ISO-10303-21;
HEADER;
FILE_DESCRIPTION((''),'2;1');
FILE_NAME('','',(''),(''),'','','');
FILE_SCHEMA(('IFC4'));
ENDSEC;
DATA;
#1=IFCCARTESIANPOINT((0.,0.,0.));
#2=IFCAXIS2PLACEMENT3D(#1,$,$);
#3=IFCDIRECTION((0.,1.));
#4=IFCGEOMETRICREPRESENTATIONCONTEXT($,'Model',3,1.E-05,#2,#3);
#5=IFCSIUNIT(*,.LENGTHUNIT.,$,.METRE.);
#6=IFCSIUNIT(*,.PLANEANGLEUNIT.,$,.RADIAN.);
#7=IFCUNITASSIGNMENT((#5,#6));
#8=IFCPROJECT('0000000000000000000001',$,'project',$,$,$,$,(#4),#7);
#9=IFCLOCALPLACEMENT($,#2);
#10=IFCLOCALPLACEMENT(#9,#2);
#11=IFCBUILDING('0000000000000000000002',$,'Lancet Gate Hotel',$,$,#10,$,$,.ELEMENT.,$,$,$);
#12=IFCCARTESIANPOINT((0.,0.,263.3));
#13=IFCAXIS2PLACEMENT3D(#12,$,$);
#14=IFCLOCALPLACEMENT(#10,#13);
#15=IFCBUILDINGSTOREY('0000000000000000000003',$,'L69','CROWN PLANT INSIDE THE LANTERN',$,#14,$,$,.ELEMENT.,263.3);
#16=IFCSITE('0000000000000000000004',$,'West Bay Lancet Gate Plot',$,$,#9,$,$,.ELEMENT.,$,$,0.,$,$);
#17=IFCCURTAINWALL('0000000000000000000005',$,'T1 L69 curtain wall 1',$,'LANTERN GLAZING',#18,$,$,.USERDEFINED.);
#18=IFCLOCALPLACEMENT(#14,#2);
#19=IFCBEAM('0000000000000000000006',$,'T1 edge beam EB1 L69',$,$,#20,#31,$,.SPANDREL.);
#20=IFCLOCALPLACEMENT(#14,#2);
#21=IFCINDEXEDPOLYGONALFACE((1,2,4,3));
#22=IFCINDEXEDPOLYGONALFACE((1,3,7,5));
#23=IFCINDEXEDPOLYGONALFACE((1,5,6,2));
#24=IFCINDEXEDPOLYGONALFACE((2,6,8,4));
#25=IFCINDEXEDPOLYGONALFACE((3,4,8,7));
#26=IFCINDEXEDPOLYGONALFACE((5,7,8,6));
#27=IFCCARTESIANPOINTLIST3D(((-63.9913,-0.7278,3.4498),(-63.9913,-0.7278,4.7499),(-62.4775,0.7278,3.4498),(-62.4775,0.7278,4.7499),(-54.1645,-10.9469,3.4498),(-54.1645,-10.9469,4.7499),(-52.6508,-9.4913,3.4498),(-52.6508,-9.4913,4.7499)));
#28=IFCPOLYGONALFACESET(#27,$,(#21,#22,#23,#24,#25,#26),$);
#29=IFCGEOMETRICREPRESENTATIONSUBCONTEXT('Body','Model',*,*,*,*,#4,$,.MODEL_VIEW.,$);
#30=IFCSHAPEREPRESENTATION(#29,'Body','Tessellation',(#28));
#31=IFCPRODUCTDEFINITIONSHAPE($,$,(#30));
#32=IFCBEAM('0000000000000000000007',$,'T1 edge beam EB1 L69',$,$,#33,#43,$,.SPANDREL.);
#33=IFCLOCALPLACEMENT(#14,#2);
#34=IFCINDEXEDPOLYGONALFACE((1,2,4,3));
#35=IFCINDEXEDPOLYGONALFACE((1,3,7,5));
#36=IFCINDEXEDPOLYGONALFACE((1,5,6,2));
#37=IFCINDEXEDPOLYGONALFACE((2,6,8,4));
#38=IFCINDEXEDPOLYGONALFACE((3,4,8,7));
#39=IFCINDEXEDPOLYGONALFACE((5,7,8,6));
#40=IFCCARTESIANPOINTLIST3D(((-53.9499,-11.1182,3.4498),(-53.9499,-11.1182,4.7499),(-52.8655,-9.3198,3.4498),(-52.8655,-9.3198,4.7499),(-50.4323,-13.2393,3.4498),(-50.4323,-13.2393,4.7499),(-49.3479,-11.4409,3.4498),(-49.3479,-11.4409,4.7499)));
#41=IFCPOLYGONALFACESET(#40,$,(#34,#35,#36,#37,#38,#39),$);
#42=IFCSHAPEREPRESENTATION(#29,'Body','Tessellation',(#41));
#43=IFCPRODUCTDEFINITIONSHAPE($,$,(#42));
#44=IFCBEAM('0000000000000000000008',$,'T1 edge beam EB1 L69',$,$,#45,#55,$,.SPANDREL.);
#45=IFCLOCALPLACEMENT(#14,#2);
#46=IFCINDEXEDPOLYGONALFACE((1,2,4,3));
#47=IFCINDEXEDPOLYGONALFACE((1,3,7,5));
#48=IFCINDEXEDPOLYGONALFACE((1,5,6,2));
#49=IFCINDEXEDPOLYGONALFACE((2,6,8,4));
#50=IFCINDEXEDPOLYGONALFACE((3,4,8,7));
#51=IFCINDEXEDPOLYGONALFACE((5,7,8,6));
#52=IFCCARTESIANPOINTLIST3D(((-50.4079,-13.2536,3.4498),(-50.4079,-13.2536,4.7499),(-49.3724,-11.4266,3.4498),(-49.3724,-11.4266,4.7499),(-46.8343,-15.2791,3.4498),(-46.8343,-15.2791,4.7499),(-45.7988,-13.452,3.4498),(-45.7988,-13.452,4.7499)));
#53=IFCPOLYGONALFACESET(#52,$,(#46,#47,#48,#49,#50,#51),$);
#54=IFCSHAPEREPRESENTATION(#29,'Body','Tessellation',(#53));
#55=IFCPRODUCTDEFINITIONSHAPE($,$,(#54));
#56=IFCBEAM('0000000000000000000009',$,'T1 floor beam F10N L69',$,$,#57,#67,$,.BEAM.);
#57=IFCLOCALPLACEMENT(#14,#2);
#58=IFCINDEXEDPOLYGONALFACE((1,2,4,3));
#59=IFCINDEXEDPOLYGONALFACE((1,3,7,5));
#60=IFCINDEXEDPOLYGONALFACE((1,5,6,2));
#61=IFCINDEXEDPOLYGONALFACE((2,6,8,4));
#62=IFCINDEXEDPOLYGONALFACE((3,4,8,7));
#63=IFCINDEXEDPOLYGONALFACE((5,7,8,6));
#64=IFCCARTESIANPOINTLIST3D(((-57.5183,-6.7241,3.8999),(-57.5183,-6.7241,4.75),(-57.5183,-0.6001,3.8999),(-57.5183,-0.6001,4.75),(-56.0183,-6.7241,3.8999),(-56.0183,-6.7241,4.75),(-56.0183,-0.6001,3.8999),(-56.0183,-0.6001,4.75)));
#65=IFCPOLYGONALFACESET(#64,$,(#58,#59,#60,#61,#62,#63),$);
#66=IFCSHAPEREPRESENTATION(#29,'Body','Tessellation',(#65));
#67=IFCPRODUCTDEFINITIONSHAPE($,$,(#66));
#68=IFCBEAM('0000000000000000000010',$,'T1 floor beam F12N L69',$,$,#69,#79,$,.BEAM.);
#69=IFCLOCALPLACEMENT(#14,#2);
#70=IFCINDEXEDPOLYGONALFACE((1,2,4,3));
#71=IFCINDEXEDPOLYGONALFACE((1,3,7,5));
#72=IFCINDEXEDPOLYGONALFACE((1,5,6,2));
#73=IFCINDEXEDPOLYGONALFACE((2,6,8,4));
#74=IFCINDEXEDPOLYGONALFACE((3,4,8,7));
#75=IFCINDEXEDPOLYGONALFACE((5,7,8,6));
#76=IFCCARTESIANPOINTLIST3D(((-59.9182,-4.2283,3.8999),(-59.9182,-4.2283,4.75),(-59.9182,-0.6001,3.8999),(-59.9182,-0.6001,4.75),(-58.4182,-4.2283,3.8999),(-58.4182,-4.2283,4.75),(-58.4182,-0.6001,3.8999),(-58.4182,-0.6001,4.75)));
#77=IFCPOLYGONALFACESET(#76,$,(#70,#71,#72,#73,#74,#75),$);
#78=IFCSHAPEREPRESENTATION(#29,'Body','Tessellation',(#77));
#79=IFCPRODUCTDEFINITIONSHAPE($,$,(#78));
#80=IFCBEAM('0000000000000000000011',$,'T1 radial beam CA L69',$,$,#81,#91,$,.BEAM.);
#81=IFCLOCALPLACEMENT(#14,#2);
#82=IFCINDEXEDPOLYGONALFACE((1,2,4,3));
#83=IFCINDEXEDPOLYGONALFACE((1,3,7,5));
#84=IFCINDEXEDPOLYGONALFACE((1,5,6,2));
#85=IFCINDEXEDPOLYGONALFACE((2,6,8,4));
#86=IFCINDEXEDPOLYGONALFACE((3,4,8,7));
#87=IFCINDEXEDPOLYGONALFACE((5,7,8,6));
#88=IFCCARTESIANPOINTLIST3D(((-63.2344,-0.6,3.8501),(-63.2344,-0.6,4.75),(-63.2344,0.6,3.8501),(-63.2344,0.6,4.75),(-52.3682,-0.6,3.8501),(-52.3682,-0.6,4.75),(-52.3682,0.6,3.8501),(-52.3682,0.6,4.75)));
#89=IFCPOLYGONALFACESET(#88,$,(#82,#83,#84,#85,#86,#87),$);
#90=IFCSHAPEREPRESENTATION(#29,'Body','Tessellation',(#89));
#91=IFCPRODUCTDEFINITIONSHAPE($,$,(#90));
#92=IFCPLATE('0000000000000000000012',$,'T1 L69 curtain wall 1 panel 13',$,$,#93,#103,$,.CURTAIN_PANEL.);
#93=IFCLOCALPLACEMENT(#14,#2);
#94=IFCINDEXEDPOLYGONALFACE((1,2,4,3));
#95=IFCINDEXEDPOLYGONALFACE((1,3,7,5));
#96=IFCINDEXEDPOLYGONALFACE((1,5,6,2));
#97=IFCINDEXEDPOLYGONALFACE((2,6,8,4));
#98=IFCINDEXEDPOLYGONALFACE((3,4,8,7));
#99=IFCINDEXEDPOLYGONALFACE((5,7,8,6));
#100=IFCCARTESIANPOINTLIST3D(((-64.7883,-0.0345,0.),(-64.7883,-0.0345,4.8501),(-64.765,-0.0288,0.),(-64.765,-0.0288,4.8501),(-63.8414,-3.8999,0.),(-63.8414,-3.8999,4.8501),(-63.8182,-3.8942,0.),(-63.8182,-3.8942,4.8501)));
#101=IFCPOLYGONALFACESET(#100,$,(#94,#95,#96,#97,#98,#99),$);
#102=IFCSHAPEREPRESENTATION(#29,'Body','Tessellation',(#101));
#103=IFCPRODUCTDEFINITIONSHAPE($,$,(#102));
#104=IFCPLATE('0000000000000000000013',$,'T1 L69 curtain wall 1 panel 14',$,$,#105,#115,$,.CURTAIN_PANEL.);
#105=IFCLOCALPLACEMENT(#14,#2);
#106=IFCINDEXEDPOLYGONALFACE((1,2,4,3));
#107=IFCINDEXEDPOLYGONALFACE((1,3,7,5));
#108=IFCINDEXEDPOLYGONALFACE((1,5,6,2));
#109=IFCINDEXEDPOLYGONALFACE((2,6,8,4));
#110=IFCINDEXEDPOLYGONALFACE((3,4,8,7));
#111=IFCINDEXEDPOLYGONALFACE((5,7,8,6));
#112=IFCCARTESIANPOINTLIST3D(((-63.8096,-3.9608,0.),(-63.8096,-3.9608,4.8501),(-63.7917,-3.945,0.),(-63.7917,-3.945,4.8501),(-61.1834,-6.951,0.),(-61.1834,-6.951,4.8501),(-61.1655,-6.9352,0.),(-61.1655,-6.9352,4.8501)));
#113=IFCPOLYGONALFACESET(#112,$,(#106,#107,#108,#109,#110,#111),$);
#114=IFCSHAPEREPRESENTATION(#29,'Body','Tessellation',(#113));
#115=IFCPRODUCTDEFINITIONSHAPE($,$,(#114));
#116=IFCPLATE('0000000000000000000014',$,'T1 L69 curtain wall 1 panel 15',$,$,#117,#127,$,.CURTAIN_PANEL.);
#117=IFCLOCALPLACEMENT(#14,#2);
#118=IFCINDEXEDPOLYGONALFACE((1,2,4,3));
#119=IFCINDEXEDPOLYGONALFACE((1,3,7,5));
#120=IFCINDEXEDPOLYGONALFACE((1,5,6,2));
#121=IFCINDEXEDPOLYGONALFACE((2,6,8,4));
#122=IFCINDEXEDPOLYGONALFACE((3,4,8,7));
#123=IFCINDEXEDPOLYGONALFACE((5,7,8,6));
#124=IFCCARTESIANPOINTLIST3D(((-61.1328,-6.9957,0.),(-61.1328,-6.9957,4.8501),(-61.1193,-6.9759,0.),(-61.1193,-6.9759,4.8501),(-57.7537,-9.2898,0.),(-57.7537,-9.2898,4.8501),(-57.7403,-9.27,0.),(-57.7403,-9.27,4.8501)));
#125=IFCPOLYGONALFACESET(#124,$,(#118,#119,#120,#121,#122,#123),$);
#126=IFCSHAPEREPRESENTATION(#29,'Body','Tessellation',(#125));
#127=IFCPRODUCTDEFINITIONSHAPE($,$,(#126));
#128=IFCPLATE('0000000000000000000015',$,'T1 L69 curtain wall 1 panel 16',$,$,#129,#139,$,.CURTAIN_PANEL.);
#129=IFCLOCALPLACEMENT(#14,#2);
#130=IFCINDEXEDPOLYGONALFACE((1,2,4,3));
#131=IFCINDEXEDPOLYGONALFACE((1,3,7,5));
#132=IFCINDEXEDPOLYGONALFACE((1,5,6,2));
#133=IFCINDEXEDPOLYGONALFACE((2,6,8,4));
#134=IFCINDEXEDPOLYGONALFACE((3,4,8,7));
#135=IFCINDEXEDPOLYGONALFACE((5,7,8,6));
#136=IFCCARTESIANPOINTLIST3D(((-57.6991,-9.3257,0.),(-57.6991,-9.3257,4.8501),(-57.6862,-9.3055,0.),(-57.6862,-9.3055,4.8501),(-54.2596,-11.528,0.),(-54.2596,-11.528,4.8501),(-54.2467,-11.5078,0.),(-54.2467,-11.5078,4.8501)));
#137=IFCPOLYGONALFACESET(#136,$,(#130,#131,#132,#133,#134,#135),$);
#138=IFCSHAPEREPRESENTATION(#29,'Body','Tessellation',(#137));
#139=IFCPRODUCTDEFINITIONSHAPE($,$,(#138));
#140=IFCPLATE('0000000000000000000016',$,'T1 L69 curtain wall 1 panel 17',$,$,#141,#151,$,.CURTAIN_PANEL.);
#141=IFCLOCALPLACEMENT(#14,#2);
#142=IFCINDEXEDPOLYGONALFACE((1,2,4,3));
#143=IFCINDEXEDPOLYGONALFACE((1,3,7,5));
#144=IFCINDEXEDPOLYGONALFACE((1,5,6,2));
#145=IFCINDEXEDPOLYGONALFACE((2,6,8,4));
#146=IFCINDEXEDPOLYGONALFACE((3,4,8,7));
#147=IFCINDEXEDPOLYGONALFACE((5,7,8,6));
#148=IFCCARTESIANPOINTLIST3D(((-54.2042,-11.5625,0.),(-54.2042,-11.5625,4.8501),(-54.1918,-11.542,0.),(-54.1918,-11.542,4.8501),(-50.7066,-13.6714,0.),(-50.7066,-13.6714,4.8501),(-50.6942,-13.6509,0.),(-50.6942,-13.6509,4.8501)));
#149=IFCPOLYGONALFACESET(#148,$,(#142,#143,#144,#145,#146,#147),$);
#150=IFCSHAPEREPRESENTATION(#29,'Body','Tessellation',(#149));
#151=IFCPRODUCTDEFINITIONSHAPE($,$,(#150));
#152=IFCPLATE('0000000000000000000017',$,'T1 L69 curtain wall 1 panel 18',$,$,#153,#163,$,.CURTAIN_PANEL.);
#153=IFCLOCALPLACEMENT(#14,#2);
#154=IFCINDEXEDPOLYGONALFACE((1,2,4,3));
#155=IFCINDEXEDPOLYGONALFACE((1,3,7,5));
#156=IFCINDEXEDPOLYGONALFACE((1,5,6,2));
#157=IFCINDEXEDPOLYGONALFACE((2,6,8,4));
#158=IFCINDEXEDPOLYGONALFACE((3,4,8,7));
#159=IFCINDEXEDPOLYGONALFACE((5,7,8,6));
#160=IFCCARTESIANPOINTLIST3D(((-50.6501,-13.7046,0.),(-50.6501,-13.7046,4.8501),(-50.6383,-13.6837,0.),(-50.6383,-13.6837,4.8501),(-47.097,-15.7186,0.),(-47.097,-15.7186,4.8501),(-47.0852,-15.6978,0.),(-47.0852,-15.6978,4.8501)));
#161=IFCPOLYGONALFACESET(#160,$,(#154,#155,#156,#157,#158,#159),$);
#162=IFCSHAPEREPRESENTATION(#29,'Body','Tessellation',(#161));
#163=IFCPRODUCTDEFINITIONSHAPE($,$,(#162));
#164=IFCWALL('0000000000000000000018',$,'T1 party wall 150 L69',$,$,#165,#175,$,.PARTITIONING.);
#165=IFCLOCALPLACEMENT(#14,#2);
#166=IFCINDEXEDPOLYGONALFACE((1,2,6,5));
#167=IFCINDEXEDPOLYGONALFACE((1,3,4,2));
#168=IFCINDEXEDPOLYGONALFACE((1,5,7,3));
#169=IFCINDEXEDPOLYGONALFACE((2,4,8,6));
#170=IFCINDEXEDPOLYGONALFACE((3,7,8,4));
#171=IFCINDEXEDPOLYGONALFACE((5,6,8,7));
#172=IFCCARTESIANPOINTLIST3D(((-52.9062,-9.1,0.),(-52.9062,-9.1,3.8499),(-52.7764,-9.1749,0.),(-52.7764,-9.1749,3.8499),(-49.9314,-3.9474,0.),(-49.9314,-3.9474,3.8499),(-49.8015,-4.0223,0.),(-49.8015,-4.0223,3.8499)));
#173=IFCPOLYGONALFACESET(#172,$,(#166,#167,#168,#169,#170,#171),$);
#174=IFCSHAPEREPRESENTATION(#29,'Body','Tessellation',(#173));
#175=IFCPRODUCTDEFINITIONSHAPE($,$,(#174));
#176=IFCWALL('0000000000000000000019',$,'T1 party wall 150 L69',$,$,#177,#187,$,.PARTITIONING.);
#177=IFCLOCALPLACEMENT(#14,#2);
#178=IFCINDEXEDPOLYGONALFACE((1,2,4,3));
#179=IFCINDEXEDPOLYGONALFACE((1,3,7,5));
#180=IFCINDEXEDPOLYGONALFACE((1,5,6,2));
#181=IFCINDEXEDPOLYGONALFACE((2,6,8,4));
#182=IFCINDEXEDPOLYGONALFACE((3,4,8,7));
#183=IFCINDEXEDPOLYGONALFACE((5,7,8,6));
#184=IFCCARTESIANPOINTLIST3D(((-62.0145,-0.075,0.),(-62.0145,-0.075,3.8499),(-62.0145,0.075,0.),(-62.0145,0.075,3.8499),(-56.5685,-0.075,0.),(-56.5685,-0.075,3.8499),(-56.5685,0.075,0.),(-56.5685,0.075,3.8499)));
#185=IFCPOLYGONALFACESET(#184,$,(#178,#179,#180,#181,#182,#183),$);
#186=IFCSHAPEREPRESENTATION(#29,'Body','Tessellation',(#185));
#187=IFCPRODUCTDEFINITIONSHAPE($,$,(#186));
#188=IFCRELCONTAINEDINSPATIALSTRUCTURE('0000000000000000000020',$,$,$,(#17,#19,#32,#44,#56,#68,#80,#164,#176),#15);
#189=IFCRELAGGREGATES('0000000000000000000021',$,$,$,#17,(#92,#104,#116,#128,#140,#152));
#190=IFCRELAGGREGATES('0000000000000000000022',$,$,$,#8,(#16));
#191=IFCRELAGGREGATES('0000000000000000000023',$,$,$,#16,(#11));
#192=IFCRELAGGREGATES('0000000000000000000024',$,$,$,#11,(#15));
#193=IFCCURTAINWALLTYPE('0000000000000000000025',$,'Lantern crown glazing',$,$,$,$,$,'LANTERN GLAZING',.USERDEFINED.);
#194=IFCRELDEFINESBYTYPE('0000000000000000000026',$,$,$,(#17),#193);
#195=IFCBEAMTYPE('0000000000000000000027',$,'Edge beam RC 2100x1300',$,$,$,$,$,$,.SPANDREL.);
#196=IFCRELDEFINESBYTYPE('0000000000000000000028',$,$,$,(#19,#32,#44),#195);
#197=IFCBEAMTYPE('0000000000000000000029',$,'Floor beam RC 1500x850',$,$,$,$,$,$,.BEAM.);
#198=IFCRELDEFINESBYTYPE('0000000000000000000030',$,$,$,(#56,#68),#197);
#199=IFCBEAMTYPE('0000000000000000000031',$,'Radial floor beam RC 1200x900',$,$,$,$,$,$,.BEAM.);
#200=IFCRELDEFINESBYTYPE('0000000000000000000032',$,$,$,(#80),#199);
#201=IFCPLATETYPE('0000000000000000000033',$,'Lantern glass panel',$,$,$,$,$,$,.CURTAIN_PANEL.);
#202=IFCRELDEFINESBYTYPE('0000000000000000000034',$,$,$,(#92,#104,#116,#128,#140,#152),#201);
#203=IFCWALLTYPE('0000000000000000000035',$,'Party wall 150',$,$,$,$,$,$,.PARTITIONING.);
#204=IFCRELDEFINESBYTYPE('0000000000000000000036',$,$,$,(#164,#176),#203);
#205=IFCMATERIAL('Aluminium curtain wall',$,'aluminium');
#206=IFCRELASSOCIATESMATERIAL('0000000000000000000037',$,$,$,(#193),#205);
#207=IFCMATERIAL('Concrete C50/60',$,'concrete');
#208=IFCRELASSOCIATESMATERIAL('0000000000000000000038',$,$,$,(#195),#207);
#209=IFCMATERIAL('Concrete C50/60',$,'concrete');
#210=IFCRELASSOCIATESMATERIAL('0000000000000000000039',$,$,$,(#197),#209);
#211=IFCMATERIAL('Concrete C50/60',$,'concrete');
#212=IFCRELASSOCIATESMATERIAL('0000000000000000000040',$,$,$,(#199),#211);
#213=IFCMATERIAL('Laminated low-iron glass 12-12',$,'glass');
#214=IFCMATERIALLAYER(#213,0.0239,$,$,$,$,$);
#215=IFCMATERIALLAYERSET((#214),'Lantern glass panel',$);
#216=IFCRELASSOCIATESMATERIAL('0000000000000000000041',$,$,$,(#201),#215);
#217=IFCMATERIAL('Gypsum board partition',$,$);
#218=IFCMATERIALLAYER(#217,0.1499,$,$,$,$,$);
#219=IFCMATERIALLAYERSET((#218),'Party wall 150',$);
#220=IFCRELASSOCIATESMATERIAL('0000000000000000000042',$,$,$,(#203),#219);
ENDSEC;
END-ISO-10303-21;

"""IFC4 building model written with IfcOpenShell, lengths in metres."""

from ifc_helpers import new_model, si_unit, direction, frame, frame_2d, origin, origin_2d, place, context, subcontext, project, spatial, rectangle, extrude, material, layer, layer_set, material_profile, profile_set, type_object, element, aggregate, save


model = new_model("IFC4")

# Units and contexts
model_context = context("Model", 3, precision=1e-05, world=origin(), true_north=direction((0.0, 1.0)))
body_context = subcontext(model_context, "Body", "Model", "MODEL_VIEW")
ifc_project = project(units=[si_unit("LENGTHUNIT", "METRE"), si_unit("PLANEANGLEUNIT", "RADIAN")], contexts=[model_context])

# Site, building, storey
site_placement = place(None, origin())
site = spatial("IfcSite", under=ifc_project, at=site_placement, Name="West Bay Lancet Gate Plot", CompositionType="ELEMENT", RefElevation=0.0)
building_placement = place(site_placement, origin())
building = spatial("IfcBuilding", under=site, at=building_placement, Name="Lancet Gate Hotel", CompositionType="ELEMENT")
storey_placement = place(building_placement, frame((0.0, 0.0, 263.3)))
storey = spatial("IfcBuildingStorey", under=building, at=storey_placement, Name="L69", Description="CROWN PLANT INSIDE THE LANTERN", CompositionType="ELEMENT", Elevation=263.3)

# Curtain wall
ifc_material_1 = material(Name="Aluminium curtain wall", Category="aluminium")
curtain_wall_type = type_object("IfcCurtainWallType", Name="Lantern crown glazing", ElementType="LANTERN GLAZING", PredefinedType="USERDEFINED", material=ifc_material_1)
curtain_wall_placement = place(storey_placement, origin())
curtain_wall = element("IfcCurtainWall", 1, at=curtain_wall_placement, inside=storey, type_object=curtain_wall_type, Name="T1 L69 curtain wall 1", ObjectType="LANTERN GLAZING", PredefinedType="USERDEFINED")

# Beams
ifc_material_2 = material(Name="Concrete C50/60", Category="concrete")
ifc_material_profile_1 = material_profile(ifc_material_2, rectangle(XDim=2.1001, YDim=1.3, at=origin_2d()), Name="RC 2100x1300")
ifc_profile_set_1 = profile_set([ifc_material_profile_1], Name="Concrete C50/60")
beam_type_1 = type_object("IfcBeamType", Name="Edge beam RC 2100x1300", PredefinedType="SPANDREL", material=ifc_profile_set_1)
beam_1_placement = place(storey_placement, frame((-63.2344, 0.0, 4.0999), z_axis=(0.693135, -0.720808, 0.0), x_axis=(0.720808, 0.693135, 0.0)))
element("IfcBeam", 2, at=beam_1_placement, inside=storey, type_object=beam_type_1, Name="T1 edge beam EB1 L69", PredefinedType="SPANDREL", context=body_context, shape_type="SweptSolid", body=[
    extrude(rectangle(XDim=2.1001, YDim=1.3, at=origin_2d()), origin(), (0.0, 0.0, 1.0), 14.1772),
])
for number, where, z_axis, x_axis, name in (
    (3, (-53.4077, -10.219, 4.0999), (0.856358, -0.516382, 0.0), (0.516382, 0.856358, 0.0), "T1 edge beam EB1 L69"),
    (4, (-49.8901, -12.3401, 4.0999), (0.869979, -0.493089, 0.0), (0.493089, 0.869979, 0.0), "T1 edge beam EB1 L69"),
):
    element("IfcBeam", number, at=place(storey_placement, frame(where, z_axis=z_axis, x_axis=x_axis)), inside=storey, type_object=beam_type_1, Name=name, PredefinedType="SPANDREL", context=body_context, shape_type="SweptSolid", body=[
        extrude(rectangle(XDim=2.1001, YDim=1.3, at=origin_2d()), origin(), (0.0, 0.0, 1.0), 4.1077),
    ])
ifc_material_3 = material(Name="Concrete C50/60", Category="concrete")
ifc_material_profile_2 = material_profile(ifc_material_3, rectangle(XDim=1.5, YDim=0.8501, at=origin_2d()), Name="RC 1500x850")
ifc_profile_set_2 = profile_set([ifc_material_profile_2], Name="Concrete C50/60")
beam_type_2 = type_object("IfcBeamType", Name="Floor beam RC 1500x850", PredefinedType="BEAM", material=ifc_profile_set_2)
beam_2_placement = place(storey_placement, frame((-56.7683, -0.6001, 4.325), z_axis=(0.0, -1.0, 0.0), x_axis=(1.0, 0.0, 0.0)))
element("IfcBeam", 5, at=beam_2_placement, inside=storey, type_object=beam_type_2, Name="T1 floor beam F10N L69", PredefinedType="BEAM", context=body_context, shape_type="SweptSolid", body=[
    extrude(rectangle(XDim=1.5, YDim=0.8501, at=origin_2d()), origin(), (0.0, 0.0, 1.0), 6.124),
])
beam_3_placement = place(storey_placement, frame((-59.1682, -0.6001, 4.325), z_axis=(0.0, -1.0, 0.0), x_axis=(1.0, 0.0, 0.0)))
element("IfcBeam", 6, at=beam_3_placement, inside=storey, type_object=beam_type_2, Name="T1 floor beam F12N L69", PredefinedType="BEAM", context=body_context, shape_type="SweptSolid", body=[
    extrude(rectangle(XDim=1.5, YDim=0.8501, at=origin_2d()), origin(), (0.0, 0.0, 1.0), 3.6282),
])
ifc_material_4 = material(Name="Concrete C50/60", Category="concrete")
ifc_material_profile_3 = material_profile(ifc_material_4, rectangle(XDim=1.2, YDim=0.8999, at=origin_2d()), Name="RC 1200x900")
ifc_profile_set_3 = profile_set([ifc_material_profile_3], Name="Concrete C50/60")
beam_type_3 = type_object("IfcBeamType", Name="Radial floor beam RC 1200x900", PredefinedType="BEAM", material=ifc_profile_set_3)
beam_4_placement = place(storey_placement, frame((-63.2344, 0.0, 4.3), z_axis=(1.0, 0.0, 0.0), x_axis=(0.0, 1.0, 0.0)))
element("IfcBeam", 7, at=beam_4_placement, inside=storey, type_object=beam_type_3, Name="T1 radial beam CA L69", PredefinedType="BEAM", context=body_context, shape_type="SweptSolid", body=[
    extrude(rectangle(XDim=1.2, YDim=0.8999, at=origin_2d()), origin(), (0.0, 0.0, 1.0), 10.8662),
])

# Plates
ifc_material_5 = material(Name="Laminated low-iron glass 12-12", Category="glass")
ifc_layer_1 = layer(ifc_material_5, 0.0239)
ifc_layer_set_1 = layer_set([ifc_layer_1], Name="Lantern glass panel")
plate_type = type_object("IfcPlateType", Name="Lantern glass panel", PredefinedType="CURTAIN_PANEL", material=ifc_layer_set_1)
plate_1_placement = place(storey_placement, frame((-64.3032, -1.9644, 0.0), z_axis=(0.0, 0.0, 1.0), x_axis=(0.237921, -0.971285, 0.0)))
plate_1 = element("IfcPlate", 8, at=plate_1_placement, type_object=plate_type, Name="T1 L69 curtain wall 1 panel 13", PredefinedType="CURTAIN_PANEL", context=body_context, shape_type="SweptSolid", body=[
    extrude(rectangle(XDim=3.9797, YDim=0.0239, at=origin_2d()), origin(), (0.0, 0.0, 1.0), 4.8501),
])
plate_2_placement = place(storey_placement, frame((-62.4875, -5.448, 0.0), z_axis=(0.0, 0.0, 1.0), x_axis=(0.659892, -0.751361, 0.0)))
plate_2 = element("IfcPlate", 9, at=plate_2_placement, type_object=plate_type, Name="T1 L69 curtain wall 1 panel 14", PredefinedType="CURTAIN_PANEL", context=body_context, shape_type="SweptSolid", body=[
    extrude(rectangle(XDim=3.9797, YDim=0.0239, at=origin_2d()), origin(), (0.0, 0.0, 1.0), 4.8501),
])
plate_3_placement = place(storey_placement, frame((-59.4365, -8.1328, 0.0), z_axis=(0.0, 0.0, 1.0), x_axis=(0.827342, -0.561698, 0.0)))
plate_3 = element("IfcPlate", 10, at=plate_3_placement, type_object=plate_type, Name="T1 L69 curtain wall 1 panel 15", PredefinedType="CURTAIN_PANEL", context=body_context, shape_type="SweptSolid", body=[
    extrude(rectangle(XDim=4.0842, YDim=0.0239, at=origin_2d()), origin(), (0.0, 0.0, 1.0), 4.8501),
])
plate_4_placement = place(storey_placement, frame((-55.9729, -10.4167, 0.0), z_axis=(0.0, 0.0, 1.0), x_axis=(0.842161, -0.539226, 0.0)))
plate_4 = element("IfcPlate", 11, at=plate_4_placement, type_object=plate_type, Name="T1 L69 curtain wall 1 panel 16", PredefinedType="CURTAIN_PANEL", context=body_context, shape_type="SweptSolid", body=[
    extrude(rectangle(XDim=4.0842, YDim=0.0239, at=origin_2d()), origin(), (0.0, 0.0, 1.0), 4.8501),
])
plate_5_placement = place(storey_placement, frame((-52.4492, -12.6067, 0.0), z_axis=(0.0, 0.0, 1.0), x_axis=(0.85637, -0.516363, 0.0)))
plate_5 = element("IfcPlate", 12, at=plate_5_placement, type_object=plate_type, Name="T1 L69 curtain wall 1 panel 17", PredefinedType="CURTAIN_PANEL", context=body_context, shape_type="SweptSolid", body=[
    extrude(rectangle(XDim=4.0842, YDim=0.0239, at=origin_2d()), origin(), (0.0, 0.0, 1.0), 4.8501),
])
plate_6_placement = place(storey_placement, frame((-48.8677, -14.7012, 0.0), z_axis=(0.0, 0.0, 1.0), x_axis=(0.869958, -0.493126, 0.0)))
plate_6 = element("IfcPlate", 13, at=plate_6_placement, type_object=plate_type, Name="T1 L69 curtain wall 1 panel 18", PredefinedType="CURTAIN_PANEL", context=body_context, shape_type="SweptSolid", body=[
    extrude(rectangle(XDim=4.0842, YDim=0.0239, at=origin_2d()), origin(), (0.0, 0.0, 1.0), 4.8501),
])
aggregate(curtain_wall, [plate_1, plate_2, plate_3, plate_4, plate_5, plate_6])

# Walls
ifc_material_6 = material(Name="Gypsum board partition")
ifc_layer_2 = layer(ifc_material_6, 0.1499)
ifc_layer_set_2 = layer_set([ifc_layer_2], Name="Party wall 150")
wall_type = type_object("IfcWallType", Name="Party wall 150", PredefinedType="PARTITIONING", material=ifc_layer_set_2)
wall_1_placement = place(storey_placement, frame((-49.8665, -3.9849, 0.0), z_axis=(0.0, 0.0, 1.0), x_axis=(-0.500001, -0.866025, 0.0)))
element("IfcWall", 14, at=wall_1_placement, inside=storey, type_object=wall_type, Name="T1 party wall 150 L69", PredefinedType="PARTITIONING", context=body_context, shape_type="SweptSolid", body=[
    extrude(rectangle(XDim=5.9497, YDim=0.1499, at=frame_2d((2.9749, 0.0))), origin(), (0.0, 0.0, 1.0), 3.8499),
])
wall_2_placement = place(storey_placement, frame((-56.5684, 0.0, 0.0), z_axis=(0.0, 0.0, 1.0), x_axis=(-1.0, 0.0, 0.0)))
element("IfcWall", 15, at=wall_2_placement, inside=storey, type_object=wall_type, Name="T1 party wall 150 L69", PredefinedType="PARTITIONING", context=body_context, shape_type="SweptSolid", body=[
    extrude(rectangle(XDim=5.446, YDim=0.1499, at=frame_2d((2.7231, 0.0))), origin(), (0.0, 0.0, 1.0), 3.8499),
])

save(model, "model.ifc")
